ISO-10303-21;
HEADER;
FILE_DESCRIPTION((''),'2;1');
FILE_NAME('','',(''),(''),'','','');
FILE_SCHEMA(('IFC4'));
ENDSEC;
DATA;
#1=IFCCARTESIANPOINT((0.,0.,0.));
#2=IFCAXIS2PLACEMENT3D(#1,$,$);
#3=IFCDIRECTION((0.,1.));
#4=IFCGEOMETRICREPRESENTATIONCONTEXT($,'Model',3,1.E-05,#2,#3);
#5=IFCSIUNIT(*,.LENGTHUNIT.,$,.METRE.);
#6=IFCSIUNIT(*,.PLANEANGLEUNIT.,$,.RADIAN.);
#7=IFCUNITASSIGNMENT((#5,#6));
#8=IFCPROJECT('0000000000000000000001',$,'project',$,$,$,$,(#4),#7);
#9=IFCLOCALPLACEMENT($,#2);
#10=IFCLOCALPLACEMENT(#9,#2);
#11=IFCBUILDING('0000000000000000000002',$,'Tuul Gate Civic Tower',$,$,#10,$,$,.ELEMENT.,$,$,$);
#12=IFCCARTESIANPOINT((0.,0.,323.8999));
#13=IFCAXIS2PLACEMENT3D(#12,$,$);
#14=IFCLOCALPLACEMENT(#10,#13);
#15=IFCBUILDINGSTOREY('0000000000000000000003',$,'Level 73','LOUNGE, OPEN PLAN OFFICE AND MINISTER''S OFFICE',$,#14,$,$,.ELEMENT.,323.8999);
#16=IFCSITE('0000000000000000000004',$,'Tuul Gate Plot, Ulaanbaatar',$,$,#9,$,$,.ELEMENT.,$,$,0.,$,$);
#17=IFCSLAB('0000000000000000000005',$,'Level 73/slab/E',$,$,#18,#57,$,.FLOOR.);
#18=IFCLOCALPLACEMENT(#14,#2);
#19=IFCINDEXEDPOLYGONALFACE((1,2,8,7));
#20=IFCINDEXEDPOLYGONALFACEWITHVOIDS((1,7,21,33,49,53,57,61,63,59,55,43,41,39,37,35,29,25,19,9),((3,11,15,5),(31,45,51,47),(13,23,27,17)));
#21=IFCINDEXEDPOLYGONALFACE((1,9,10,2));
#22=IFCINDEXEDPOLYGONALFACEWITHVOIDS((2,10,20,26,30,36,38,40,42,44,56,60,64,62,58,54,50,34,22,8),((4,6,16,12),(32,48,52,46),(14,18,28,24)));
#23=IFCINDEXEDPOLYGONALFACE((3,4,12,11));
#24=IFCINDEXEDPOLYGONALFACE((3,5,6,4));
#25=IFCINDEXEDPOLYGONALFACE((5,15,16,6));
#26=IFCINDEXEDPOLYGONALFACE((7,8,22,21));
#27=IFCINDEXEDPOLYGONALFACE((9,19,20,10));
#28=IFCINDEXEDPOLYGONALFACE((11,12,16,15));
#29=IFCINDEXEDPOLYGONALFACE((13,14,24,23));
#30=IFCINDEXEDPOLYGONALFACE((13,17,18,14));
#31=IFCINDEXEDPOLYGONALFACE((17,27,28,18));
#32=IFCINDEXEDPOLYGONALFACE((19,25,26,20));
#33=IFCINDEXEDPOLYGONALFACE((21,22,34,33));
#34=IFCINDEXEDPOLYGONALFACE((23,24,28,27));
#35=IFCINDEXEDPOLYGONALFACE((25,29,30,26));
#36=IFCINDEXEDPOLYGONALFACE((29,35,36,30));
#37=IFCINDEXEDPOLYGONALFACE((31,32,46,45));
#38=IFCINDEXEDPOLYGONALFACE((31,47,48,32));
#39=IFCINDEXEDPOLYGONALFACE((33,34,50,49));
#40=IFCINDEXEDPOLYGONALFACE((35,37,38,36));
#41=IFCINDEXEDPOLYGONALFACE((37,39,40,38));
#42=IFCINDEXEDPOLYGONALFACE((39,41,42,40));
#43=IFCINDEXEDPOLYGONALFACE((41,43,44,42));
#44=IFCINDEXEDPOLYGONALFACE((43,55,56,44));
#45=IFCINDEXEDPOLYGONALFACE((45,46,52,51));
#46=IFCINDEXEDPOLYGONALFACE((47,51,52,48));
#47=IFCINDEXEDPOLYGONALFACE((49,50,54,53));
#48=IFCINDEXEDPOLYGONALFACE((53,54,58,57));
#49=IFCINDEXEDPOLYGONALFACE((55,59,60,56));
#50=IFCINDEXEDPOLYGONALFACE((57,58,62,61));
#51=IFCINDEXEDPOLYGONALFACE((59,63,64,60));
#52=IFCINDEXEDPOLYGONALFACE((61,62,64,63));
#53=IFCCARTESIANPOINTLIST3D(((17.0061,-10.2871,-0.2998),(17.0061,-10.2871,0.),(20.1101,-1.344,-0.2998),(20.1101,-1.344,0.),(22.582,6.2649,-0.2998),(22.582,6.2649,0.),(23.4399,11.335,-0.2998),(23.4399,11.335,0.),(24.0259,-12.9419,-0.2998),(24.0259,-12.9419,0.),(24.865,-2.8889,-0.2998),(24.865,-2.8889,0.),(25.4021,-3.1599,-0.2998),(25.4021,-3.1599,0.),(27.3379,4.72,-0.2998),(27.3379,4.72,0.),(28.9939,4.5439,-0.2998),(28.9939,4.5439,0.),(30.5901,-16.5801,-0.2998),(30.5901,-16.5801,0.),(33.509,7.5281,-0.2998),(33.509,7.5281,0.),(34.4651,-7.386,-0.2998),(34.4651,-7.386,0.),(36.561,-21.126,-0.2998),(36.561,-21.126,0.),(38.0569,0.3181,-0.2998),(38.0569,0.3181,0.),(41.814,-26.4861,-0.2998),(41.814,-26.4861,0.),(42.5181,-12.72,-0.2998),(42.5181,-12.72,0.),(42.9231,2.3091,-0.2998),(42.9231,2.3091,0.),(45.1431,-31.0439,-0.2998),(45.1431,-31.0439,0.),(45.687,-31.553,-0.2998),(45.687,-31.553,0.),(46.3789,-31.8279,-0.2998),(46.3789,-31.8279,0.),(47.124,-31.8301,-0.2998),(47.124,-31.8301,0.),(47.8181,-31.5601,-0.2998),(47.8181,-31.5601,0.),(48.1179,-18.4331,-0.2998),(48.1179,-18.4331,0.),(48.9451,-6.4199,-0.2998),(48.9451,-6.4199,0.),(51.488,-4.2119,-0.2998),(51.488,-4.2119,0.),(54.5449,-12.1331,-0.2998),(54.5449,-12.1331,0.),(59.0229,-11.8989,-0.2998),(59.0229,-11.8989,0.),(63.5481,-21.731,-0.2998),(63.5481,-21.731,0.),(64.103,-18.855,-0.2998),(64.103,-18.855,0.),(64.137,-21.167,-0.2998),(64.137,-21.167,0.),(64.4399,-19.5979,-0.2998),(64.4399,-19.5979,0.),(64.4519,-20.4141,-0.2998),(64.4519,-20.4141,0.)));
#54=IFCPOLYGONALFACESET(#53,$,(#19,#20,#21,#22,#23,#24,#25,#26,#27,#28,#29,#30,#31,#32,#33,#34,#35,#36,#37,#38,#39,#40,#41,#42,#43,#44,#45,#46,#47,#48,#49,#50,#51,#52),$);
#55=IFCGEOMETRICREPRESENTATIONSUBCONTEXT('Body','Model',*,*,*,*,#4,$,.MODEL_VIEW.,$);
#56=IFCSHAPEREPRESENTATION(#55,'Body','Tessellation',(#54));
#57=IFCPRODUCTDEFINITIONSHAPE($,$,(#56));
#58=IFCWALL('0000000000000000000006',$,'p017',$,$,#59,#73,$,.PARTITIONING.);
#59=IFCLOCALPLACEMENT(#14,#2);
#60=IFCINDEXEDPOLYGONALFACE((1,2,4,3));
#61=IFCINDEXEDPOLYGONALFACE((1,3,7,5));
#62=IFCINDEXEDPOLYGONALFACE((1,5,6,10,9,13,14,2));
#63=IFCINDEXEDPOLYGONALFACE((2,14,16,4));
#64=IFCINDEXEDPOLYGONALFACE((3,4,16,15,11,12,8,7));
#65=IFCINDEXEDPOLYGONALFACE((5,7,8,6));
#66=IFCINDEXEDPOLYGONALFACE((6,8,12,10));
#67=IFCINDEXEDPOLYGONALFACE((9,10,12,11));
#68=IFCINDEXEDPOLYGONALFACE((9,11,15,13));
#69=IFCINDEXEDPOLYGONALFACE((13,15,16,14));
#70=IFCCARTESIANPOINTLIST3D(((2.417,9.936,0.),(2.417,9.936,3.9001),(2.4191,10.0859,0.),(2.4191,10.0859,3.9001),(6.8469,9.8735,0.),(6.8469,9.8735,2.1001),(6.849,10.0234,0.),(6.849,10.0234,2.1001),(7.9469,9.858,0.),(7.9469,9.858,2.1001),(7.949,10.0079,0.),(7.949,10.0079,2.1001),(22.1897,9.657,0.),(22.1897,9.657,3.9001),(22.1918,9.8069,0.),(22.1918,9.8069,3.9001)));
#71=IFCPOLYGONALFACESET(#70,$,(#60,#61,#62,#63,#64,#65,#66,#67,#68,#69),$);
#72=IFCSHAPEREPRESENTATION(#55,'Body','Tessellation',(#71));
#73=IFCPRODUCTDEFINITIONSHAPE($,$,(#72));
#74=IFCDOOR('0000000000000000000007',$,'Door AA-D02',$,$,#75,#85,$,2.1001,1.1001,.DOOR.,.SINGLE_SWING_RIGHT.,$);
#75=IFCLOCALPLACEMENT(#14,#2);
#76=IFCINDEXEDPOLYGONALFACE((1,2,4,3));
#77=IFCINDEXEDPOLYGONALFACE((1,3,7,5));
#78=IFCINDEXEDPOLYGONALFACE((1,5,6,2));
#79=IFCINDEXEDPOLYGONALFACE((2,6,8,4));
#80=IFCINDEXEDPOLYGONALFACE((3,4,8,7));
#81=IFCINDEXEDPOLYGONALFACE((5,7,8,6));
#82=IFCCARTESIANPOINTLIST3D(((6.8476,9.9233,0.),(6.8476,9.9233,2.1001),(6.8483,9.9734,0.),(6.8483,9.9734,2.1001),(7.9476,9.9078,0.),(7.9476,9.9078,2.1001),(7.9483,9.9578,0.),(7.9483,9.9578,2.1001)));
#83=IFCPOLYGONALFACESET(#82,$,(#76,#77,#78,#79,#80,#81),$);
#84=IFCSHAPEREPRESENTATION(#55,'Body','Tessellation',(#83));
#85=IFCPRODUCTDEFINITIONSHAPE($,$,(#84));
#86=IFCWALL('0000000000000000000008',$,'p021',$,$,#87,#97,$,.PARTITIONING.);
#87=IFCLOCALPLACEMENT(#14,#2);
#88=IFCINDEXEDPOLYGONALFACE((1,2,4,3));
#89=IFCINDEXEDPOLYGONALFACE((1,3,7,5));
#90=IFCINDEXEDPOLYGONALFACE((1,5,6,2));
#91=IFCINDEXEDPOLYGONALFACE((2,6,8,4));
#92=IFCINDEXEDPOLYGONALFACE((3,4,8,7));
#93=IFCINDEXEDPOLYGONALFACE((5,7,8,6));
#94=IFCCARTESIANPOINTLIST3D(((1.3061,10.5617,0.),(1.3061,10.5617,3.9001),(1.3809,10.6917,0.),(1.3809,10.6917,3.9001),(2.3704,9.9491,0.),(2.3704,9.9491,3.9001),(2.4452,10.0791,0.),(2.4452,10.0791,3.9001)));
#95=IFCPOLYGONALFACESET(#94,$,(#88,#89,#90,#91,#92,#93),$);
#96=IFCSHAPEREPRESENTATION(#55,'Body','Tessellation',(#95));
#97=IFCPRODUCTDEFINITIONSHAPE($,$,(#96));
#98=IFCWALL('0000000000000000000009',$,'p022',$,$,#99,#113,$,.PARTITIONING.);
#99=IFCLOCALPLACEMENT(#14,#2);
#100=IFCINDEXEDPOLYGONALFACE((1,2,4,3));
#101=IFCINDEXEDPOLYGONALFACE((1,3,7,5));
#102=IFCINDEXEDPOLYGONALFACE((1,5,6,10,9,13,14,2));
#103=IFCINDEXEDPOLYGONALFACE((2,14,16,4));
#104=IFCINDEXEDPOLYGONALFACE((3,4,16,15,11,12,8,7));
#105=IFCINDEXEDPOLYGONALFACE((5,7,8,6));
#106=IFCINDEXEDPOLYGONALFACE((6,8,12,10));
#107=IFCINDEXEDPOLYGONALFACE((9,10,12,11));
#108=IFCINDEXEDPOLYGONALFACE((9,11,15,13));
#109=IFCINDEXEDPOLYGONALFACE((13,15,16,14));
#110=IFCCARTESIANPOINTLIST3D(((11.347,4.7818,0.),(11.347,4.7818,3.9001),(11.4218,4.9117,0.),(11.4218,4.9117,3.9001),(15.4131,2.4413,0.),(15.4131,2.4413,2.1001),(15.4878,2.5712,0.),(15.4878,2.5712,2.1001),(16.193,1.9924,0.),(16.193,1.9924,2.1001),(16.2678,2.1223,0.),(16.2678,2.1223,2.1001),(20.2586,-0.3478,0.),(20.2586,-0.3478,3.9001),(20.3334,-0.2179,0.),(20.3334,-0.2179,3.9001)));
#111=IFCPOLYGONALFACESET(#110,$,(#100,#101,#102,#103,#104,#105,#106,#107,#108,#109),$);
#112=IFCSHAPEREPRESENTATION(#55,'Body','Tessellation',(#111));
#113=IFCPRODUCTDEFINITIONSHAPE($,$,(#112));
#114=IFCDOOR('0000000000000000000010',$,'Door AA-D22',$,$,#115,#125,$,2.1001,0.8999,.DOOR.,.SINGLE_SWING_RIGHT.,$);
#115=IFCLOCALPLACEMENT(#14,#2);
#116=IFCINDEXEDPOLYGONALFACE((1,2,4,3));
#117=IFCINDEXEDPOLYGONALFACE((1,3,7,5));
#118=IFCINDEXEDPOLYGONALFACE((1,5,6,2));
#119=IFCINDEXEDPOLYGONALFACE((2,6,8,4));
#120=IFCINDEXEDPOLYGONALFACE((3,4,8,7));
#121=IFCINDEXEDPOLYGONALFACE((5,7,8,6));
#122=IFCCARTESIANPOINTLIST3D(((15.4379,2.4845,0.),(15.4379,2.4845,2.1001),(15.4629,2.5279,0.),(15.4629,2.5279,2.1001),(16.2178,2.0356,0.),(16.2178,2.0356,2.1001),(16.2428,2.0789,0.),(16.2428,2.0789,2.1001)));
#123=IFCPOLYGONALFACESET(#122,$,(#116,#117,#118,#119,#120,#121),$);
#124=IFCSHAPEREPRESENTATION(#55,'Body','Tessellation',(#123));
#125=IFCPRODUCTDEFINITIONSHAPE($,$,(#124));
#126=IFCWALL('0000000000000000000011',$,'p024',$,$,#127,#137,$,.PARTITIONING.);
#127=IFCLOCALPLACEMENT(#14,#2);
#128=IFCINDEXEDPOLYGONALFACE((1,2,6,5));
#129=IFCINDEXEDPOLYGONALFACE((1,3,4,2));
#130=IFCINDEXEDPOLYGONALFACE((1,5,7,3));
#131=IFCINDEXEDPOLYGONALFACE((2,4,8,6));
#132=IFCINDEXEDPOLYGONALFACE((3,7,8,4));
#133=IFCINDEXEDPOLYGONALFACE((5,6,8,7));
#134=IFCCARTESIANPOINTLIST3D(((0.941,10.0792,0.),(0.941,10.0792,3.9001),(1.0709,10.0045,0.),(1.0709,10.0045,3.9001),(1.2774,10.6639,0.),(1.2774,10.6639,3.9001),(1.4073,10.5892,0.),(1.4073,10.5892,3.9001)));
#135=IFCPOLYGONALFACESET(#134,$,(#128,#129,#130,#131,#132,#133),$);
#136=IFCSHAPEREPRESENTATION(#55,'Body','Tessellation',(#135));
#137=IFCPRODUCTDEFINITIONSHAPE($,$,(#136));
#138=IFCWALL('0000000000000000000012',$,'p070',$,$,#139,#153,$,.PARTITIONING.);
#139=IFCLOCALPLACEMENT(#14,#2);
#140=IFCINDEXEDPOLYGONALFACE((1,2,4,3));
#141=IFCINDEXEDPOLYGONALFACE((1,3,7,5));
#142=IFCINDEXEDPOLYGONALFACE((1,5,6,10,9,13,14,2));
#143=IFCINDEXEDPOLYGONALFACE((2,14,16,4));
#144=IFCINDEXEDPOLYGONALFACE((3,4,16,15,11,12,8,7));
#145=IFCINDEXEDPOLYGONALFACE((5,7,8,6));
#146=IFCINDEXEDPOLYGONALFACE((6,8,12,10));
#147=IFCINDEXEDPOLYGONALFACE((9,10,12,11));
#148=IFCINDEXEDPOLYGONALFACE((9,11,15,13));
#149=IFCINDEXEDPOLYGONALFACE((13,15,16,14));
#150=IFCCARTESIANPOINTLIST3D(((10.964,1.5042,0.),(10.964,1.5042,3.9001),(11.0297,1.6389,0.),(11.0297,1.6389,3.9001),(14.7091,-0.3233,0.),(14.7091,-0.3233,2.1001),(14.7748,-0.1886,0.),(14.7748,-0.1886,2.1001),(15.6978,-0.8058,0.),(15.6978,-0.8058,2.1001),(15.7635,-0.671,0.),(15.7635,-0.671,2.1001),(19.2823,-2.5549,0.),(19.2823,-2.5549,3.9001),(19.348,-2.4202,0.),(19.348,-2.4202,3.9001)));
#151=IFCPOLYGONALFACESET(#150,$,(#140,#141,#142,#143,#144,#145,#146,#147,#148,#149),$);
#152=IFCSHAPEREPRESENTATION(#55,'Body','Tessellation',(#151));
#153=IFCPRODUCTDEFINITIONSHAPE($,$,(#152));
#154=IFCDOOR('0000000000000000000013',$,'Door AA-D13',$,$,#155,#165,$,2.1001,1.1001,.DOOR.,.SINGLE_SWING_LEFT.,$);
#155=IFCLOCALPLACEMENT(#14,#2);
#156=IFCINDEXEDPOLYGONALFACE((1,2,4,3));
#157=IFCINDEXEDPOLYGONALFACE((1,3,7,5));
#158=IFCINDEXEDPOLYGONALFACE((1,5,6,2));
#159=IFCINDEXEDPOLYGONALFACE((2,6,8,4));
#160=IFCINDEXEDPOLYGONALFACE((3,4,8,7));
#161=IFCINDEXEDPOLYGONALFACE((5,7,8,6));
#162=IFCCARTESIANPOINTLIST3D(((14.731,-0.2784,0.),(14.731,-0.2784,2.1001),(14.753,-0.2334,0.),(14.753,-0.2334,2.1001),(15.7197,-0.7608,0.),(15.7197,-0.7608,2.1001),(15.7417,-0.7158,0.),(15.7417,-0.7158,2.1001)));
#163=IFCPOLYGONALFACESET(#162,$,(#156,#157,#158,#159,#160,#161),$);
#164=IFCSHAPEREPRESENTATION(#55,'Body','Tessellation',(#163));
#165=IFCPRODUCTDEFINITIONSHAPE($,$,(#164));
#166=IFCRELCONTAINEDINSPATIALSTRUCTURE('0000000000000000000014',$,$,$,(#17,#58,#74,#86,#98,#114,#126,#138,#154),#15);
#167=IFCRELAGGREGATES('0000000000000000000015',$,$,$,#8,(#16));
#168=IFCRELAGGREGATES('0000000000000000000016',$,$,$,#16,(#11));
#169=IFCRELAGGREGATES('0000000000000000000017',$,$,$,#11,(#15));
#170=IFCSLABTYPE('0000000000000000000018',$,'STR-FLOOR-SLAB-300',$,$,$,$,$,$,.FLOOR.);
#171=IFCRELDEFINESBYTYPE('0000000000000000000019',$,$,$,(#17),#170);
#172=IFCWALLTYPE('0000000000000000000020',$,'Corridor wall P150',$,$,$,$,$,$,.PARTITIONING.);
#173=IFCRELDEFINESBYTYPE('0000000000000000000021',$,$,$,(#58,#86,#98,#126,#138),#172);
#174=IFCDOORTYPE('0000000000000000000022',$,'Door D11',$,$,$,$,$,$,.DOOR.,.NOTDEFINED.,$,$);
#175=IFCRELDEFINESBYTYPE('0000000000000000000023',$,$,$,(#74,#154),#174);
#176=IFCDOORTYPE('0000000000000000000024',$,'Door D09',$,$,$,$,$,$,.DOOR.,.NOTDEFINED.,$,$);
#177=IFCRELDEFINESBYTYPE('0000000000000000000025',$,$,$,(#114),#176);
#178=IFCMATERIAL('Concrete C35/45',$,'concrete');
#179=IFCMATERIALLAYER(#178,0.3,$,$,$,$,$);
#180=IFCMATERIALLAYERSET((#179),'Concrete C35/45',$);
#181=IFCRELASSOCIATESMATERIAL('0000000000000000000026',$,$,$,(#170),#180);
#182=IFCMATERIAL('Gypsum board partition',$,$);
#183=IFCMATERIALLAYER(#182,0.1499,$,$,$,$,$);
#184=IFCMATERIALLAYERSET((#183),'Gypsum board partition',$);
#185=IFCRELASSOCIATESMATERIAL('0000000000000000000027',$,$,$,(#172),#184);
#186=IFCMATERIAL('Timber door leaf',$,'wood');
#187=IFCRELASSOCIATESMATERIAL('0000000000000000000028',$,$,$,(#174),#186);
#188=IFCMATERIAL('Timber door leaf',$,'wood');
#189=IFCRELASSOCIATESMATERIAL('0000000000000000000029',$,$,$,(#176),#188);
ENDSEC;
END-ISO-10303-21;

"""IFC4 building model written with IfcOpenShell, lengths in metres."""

from ifc_helpers import new_model, si_unit, direction, frame, frame_2d, origin, place, context, subcontext, project, spatial, polyline, rectangle, outline, extrude, material, layer, layer_set, type_object, element, fill, save


model = new_model("IFC4")

# Units and contexts
model_context = context("Model", 3, precision=1e-05, world=origin(), true_north=direction((0.0, 1.0)))
body_context = subcontext(model_context, "Body", "Model", "MODEL_VIEW")
ifc_project = project(units=[si_unit("LENGTHUNIT", "METRE"), si_unit("PLANEANGLEUNIT", "RADIAN")], contexts=[model_context])

# Site, building, storey
site_placement = place(None, origin())
site = spatial("IfcSite", under=ifc_project, at=site_placement, Name="Tuul Gate Plot, Ulaanbaatar", CompositionType="ELEMENT", RefElevation=0.0)
building_placement = place(site_placement, origin())
building = spatial("IfcBuilding", under=site, at=building_placement, Name="Tuul Gate Civic Tower", CompositionType="ELEMENT")
storey_placement = place(building_placement, frame((0.0, 0.0, 323.8999)))
storey = spatial("IfcBuildingStorey", under=building, at=storey_placement, Name="Level 73", Description="LOUNGE, OPEN PLAN OFFICE AND MINISTER'S OFFICE", CompositionType="ELEMENT", Elevation=323.8999)

# Slab
ifc_material_1 = material(Name="Concrete C35/45", Category="concrete")
ifc_layer_1 = layer(ifc_material_1, 0.3)
ifc_layer_set_1 = layer_set([ifc_layer_1], Name="Concrete C35/45")
slab_type_1 = type_object("IfcSlabType", Name="STR-FLOOR-SLAB-300", PredefinedType="FLOOR", material=ifc_layer_set_1)
slab_1_placement = place(storey_placement, frame((0.0, 0.0, -0.2998)))
element("IfcSlab", 1, at=slab_1_placement, inside=storey, type_object=slab_type_1, Name="Level 73/slab/E", PredefinedType="FLOOR", context=body_context, shape_type="SweptSolid", body=[
    extrude(outline(polyline([(47.124, -31.8301), (47.8181, -31.5601), (63.5481, -21.731), (64.137, -21.167), (64.4519, -20.4141), (64.4399, -19.5979), (64.103, -18.855), (59.0229, -11.8989), (51.488, -4.2119), (42.9231, 2.3091), (33.509, 7.5281), (23.4399, 11.335), (17.0061, -10.2871), (24.0259, -12.9419), (30.5901, -16.5801), (36.561, -21.126), (41.814, -26.4861), (45.1431, -31.0439), (45.687, -31.553), (46.3789, -31.8279), (47.124, -31.8301)]), holes=[polyline([(48.1179, -18.4331), (42.5181, -12.72), (48.9451, -6.4199), (54.5449, -12.1331), (48.1179, -18.4331)]), polyline([(25.4021, -3.1599), (28.9939, 4.5439), (38.0569, 0.3181), (34.4651, -7.386), (25.4021, -3.1599)]), polyline([(20.1101, -1.344), (22.582, 6.2649), (27.3379, 4.72), (24.865, -2.8889), (20.1101, -1.344)])]), origin(), (0.0, 0.0, 1.0), 0.2998),
])

# Wall, opening, door
ifc_material_2 = material(Name="Gypsum board partition")
ifc_layer_2 = layer(ifc_material_2, 0.1499)
ifc_layer_set_2 = layer_set([ifc_layer_2], Name="Gypsum board partition")
wall_type_1 = type_object("IfcWallType", Name="Corridor wall P150", PredefinedType="PARTITIONING", material=ifc_layer_set_2)
wall_1_placement = place(storey_placement, frame((2.4182, 10.011, 0.0), z_axis=(0.0, 0.0, 1.0), x_axis=(0.9999, -0.014112, 0.0)))
wall_1 = element("IfcWall", 2, at=wall_1_placement, inside=storey, type_object=wall_type_1, Name="p017", PredefinedType="PARTITIONING", context=body_context, shape_type="SweptSolid", body=[
    extrude(rectangle(XDim=19.7747, YDim=0.1499, at=frame_2d((9.8872, 0.0))), origin(), (0.0, 0.0, 1.0), 3.9001),
])
opening_1_placement = place(wall_1_placement, frame((4.4302, 0.0, 0.0)))
opening_1 = element("IfcOpeningElement", 3, at=opening_1_placement, cuts=wall_1, PredefinedType="OPENING", context=body_context, shape_type="SweptSolid", body=[
    extrude(rectangle(XDim=1.1001, YDim=2.1001, at=frame_2d((0.55, 1.05))), frame((0.0, 0.085, 0.0), z_axis=(0.0, -1.0, 0.0), x_axis=(1.0, 0.0, 0.0)), (0.0, 0.0, 1.0), 0.1699),
])
ifc_material_3 = material(Name="Timber door leaf", Category="wood")
door_type_1 = type_object("IfcDoorType", Name="Door D11", OperationType="NOTDEFINED", PredefinedType="DOOR", material=ifc_material_3)
door_1_placement = place(opening_1_placement, origin())
door_1 = element("IfcDoor", 4, at=door_1_placement, inside=storey, type_object=door_type_1, Name="Door AA-D02", OperationType="SINGLE_SWING_RIGHT", OverallHeight=2.1001, OverallWidth=1.1001, PredefinedType="DOOR", context=body_context, shape_type="SweptSolid", body=[
    extrude(rectangle(XDim=1.1001, YDim=2.1001, at=frame_2d((0.55, 1.05))), frame((0.0, 0.0249, 0.0), z_axis=(0.0, -1.0, 0.0), x_axis=(1.0, 0.0, 0.0)), (0.0, 0.0, 1.0), 0.05),
])
fill(opening_1, door_1)

# Wall
wall_2_placement = place(storey_placement, frame((1.3435, 10.6267, 0.0), z_axis=(0.0, 0.0, 1.0), x_axis=(0.866685, -0.498856, 0.0)))
element("IfcWall", 5, at=wall_2_placement, inside=storey, type_object=wall_type_1, Name="p021", PredefinedType="PARTITIONING", context=body_context, shape_type="SweptSolid", body=[
    extrude(rectangle(XDim=1.228, YDim=0.1499, at=frame_2d((0.614, 0.0))), origin(), (0.0, 0.0, 1.0), 3.9001),
])

# Wall, opening, door
wall_3_placement = place(storey_placement, frame((11.3845, 4.8467, 0.0), z_axis=(0.0, 0.0, 1.0), x_axis=(0.866677, -0.49887, 0.0)))
wall_3 = element("IfcWall", 6, at=wall_3_placement, inside=storey, type_object=wall_type_1, Name="p022", PredefinedType="PARTITIONING", context=body_context, shape_type="SweptSolid", body=[
    extrude(rectangle(XDim=10.2825, YDim=0.1499, at=frame_2d((5.1411, 0.0))), origin(), (0.0, 0.0, 1.0), 3.9001),
])
opening_2_placement = place(wall_3_placement, frame((4.6914, 0.0, 0.0)))
opening_2 = element("IfcOpeningElement", 7, at=opening_2_placement, cuts=wall_3, PredefinedType="OPENING", context=body_context, shape_type="SweptSolid", body=[
    extrude(rectangle(XDim=0.8999, YDim=2.1001, at=frame_2d((0.45, 1.05))), frame((0.0, 0.085, 0.0), z_axis=(0.0, -1.0, 0.0), x_axis=(1.0, 0.0, 0.0)), (0.0, 0.0, 1.0), 0.1699),
])
ifc_material_4 = material(Name="Timber door leaf", Category="wood")
door_type_2 = type_object("IfcDoorType", Name="Door D09", OperationType="NOTDEFINED", PredefinedType="DOOR", material=ifc_material_4)
door_2_placement = place(opening_2_placement, origin())
door_2 = element("IfcDoor", 8, at=door_2_placement, inside=storey, type_object=door_type_2, Name="Door AA-D22", OperationType="SINGLE_SWING_RIGHT", OverallHeight=2.1001, OverallWidth=0.8999, PredefinedType="DOOR", context=body_context, shape_type="SweptSolid", body=[
    extrude(rectangle(XDim=0.8999, YDim=2.1001, at=frame_2d((0.45, 1.05))), frame((0.0, 0.0249, 0.0), z_axis=(0.0, -1.0, 0.0), x_axis=(1.0, 0.0, 0.0)), (0.0, 0.0, 1.0), 0.05),
])
fill(opening_2, door_2)

# Wall
wall_4_placement = place(storey_placement, frame((1.0059, 10.0417, 0.0), z_axis=(0.0, 0.0, 1.0), x_axis=(0.498709, 0.866769, 0.0)))
element("IfcWall", 9, at=wall_4_placement, inside=storey, type_object=wall_type_1, Name="p024", PredefinedType="PARTITIONING", context=body_context, shape_type="SweptSolid", body=[
    extrude(rectangle(XDim=0.6746, YDim=0.1499, at=frame_2d((0.3374, 0.0))), origin(), (0.0, 0.0, 1.0), 3.9001),
])

# Wall, opening, door
wall_5_placement = place(storey_placement, frame((10.9968, 1.5715, 0.0), z_axis=(0.0, 0.0, 1.0), x_axis=(0.898711, -0.438541, 0.0)))
wall_5 = element("IfcWall", 10, at=wall_5_placement, inside=storey, type_object=wall_type_1, Name="p070", PredefinedType="PARTITIONING", context=body_context, shape_type="SweptSolid", body=[
    extrude(rectangle(XDim=9.2559, YDim=0.1499, at=frame_2d((4.6279, 0.0))), origin(), (0.0, 0.0, 1.0), 3.9001),
])
opening_3_placement = place(wall_5_placement, frame((4.1672, 0.0, 0.0)))
opening_3 = element("IfcOpeningElement", 11, at=opening_3_placement, cuts=wall_5, PredefinedType="OPENING", context=body_context, shape_type="SweptSolid", body=[
    extrude(rectangle(XDim=1.1001, YDim=2.1001, at=frame_2d((0.55, 1.05))), frame((0.0, 0.085, 0.0), z_axis=(0.0, -1.0, 0.0), x_axis=(1.0, 0.0, 0.0)), (0.0, 0.0, 1.0), 0.1699),
])
door_3_placement = place(opening_3_placement, frame((1.1001, 0.0, 0.0), z_axis=(0.0, 0.0, 1.0), x_axis=(-1.0, 0.0, 0.0)))
door_3 = element("IfcDoor", 12, at=door_3_placement, inside=storey, type_object=door_type_1, Name="Door AA-D13", OperationType="SINGLE_SWING_LEFT", OverallHeight=2.1001, OverallWidth=1.1001, PredefinedType="DOOR", context=body_context, shape_type="SweptSolid", body=[
    extrude(rectangle(XDim=1.1001, YDim=2.1001, at=frame_2d((0.55, 1.05))), frame((0.0, 0.0249, 0.0), z_axis=(0.0, -1.0, 0.0), x_axis=(1.0, 0.0, 0.0)), (0.0, 0.0, 1.0), 0.05),
])
fill(opening_3, door_3)

save(model, "model.ifc")
